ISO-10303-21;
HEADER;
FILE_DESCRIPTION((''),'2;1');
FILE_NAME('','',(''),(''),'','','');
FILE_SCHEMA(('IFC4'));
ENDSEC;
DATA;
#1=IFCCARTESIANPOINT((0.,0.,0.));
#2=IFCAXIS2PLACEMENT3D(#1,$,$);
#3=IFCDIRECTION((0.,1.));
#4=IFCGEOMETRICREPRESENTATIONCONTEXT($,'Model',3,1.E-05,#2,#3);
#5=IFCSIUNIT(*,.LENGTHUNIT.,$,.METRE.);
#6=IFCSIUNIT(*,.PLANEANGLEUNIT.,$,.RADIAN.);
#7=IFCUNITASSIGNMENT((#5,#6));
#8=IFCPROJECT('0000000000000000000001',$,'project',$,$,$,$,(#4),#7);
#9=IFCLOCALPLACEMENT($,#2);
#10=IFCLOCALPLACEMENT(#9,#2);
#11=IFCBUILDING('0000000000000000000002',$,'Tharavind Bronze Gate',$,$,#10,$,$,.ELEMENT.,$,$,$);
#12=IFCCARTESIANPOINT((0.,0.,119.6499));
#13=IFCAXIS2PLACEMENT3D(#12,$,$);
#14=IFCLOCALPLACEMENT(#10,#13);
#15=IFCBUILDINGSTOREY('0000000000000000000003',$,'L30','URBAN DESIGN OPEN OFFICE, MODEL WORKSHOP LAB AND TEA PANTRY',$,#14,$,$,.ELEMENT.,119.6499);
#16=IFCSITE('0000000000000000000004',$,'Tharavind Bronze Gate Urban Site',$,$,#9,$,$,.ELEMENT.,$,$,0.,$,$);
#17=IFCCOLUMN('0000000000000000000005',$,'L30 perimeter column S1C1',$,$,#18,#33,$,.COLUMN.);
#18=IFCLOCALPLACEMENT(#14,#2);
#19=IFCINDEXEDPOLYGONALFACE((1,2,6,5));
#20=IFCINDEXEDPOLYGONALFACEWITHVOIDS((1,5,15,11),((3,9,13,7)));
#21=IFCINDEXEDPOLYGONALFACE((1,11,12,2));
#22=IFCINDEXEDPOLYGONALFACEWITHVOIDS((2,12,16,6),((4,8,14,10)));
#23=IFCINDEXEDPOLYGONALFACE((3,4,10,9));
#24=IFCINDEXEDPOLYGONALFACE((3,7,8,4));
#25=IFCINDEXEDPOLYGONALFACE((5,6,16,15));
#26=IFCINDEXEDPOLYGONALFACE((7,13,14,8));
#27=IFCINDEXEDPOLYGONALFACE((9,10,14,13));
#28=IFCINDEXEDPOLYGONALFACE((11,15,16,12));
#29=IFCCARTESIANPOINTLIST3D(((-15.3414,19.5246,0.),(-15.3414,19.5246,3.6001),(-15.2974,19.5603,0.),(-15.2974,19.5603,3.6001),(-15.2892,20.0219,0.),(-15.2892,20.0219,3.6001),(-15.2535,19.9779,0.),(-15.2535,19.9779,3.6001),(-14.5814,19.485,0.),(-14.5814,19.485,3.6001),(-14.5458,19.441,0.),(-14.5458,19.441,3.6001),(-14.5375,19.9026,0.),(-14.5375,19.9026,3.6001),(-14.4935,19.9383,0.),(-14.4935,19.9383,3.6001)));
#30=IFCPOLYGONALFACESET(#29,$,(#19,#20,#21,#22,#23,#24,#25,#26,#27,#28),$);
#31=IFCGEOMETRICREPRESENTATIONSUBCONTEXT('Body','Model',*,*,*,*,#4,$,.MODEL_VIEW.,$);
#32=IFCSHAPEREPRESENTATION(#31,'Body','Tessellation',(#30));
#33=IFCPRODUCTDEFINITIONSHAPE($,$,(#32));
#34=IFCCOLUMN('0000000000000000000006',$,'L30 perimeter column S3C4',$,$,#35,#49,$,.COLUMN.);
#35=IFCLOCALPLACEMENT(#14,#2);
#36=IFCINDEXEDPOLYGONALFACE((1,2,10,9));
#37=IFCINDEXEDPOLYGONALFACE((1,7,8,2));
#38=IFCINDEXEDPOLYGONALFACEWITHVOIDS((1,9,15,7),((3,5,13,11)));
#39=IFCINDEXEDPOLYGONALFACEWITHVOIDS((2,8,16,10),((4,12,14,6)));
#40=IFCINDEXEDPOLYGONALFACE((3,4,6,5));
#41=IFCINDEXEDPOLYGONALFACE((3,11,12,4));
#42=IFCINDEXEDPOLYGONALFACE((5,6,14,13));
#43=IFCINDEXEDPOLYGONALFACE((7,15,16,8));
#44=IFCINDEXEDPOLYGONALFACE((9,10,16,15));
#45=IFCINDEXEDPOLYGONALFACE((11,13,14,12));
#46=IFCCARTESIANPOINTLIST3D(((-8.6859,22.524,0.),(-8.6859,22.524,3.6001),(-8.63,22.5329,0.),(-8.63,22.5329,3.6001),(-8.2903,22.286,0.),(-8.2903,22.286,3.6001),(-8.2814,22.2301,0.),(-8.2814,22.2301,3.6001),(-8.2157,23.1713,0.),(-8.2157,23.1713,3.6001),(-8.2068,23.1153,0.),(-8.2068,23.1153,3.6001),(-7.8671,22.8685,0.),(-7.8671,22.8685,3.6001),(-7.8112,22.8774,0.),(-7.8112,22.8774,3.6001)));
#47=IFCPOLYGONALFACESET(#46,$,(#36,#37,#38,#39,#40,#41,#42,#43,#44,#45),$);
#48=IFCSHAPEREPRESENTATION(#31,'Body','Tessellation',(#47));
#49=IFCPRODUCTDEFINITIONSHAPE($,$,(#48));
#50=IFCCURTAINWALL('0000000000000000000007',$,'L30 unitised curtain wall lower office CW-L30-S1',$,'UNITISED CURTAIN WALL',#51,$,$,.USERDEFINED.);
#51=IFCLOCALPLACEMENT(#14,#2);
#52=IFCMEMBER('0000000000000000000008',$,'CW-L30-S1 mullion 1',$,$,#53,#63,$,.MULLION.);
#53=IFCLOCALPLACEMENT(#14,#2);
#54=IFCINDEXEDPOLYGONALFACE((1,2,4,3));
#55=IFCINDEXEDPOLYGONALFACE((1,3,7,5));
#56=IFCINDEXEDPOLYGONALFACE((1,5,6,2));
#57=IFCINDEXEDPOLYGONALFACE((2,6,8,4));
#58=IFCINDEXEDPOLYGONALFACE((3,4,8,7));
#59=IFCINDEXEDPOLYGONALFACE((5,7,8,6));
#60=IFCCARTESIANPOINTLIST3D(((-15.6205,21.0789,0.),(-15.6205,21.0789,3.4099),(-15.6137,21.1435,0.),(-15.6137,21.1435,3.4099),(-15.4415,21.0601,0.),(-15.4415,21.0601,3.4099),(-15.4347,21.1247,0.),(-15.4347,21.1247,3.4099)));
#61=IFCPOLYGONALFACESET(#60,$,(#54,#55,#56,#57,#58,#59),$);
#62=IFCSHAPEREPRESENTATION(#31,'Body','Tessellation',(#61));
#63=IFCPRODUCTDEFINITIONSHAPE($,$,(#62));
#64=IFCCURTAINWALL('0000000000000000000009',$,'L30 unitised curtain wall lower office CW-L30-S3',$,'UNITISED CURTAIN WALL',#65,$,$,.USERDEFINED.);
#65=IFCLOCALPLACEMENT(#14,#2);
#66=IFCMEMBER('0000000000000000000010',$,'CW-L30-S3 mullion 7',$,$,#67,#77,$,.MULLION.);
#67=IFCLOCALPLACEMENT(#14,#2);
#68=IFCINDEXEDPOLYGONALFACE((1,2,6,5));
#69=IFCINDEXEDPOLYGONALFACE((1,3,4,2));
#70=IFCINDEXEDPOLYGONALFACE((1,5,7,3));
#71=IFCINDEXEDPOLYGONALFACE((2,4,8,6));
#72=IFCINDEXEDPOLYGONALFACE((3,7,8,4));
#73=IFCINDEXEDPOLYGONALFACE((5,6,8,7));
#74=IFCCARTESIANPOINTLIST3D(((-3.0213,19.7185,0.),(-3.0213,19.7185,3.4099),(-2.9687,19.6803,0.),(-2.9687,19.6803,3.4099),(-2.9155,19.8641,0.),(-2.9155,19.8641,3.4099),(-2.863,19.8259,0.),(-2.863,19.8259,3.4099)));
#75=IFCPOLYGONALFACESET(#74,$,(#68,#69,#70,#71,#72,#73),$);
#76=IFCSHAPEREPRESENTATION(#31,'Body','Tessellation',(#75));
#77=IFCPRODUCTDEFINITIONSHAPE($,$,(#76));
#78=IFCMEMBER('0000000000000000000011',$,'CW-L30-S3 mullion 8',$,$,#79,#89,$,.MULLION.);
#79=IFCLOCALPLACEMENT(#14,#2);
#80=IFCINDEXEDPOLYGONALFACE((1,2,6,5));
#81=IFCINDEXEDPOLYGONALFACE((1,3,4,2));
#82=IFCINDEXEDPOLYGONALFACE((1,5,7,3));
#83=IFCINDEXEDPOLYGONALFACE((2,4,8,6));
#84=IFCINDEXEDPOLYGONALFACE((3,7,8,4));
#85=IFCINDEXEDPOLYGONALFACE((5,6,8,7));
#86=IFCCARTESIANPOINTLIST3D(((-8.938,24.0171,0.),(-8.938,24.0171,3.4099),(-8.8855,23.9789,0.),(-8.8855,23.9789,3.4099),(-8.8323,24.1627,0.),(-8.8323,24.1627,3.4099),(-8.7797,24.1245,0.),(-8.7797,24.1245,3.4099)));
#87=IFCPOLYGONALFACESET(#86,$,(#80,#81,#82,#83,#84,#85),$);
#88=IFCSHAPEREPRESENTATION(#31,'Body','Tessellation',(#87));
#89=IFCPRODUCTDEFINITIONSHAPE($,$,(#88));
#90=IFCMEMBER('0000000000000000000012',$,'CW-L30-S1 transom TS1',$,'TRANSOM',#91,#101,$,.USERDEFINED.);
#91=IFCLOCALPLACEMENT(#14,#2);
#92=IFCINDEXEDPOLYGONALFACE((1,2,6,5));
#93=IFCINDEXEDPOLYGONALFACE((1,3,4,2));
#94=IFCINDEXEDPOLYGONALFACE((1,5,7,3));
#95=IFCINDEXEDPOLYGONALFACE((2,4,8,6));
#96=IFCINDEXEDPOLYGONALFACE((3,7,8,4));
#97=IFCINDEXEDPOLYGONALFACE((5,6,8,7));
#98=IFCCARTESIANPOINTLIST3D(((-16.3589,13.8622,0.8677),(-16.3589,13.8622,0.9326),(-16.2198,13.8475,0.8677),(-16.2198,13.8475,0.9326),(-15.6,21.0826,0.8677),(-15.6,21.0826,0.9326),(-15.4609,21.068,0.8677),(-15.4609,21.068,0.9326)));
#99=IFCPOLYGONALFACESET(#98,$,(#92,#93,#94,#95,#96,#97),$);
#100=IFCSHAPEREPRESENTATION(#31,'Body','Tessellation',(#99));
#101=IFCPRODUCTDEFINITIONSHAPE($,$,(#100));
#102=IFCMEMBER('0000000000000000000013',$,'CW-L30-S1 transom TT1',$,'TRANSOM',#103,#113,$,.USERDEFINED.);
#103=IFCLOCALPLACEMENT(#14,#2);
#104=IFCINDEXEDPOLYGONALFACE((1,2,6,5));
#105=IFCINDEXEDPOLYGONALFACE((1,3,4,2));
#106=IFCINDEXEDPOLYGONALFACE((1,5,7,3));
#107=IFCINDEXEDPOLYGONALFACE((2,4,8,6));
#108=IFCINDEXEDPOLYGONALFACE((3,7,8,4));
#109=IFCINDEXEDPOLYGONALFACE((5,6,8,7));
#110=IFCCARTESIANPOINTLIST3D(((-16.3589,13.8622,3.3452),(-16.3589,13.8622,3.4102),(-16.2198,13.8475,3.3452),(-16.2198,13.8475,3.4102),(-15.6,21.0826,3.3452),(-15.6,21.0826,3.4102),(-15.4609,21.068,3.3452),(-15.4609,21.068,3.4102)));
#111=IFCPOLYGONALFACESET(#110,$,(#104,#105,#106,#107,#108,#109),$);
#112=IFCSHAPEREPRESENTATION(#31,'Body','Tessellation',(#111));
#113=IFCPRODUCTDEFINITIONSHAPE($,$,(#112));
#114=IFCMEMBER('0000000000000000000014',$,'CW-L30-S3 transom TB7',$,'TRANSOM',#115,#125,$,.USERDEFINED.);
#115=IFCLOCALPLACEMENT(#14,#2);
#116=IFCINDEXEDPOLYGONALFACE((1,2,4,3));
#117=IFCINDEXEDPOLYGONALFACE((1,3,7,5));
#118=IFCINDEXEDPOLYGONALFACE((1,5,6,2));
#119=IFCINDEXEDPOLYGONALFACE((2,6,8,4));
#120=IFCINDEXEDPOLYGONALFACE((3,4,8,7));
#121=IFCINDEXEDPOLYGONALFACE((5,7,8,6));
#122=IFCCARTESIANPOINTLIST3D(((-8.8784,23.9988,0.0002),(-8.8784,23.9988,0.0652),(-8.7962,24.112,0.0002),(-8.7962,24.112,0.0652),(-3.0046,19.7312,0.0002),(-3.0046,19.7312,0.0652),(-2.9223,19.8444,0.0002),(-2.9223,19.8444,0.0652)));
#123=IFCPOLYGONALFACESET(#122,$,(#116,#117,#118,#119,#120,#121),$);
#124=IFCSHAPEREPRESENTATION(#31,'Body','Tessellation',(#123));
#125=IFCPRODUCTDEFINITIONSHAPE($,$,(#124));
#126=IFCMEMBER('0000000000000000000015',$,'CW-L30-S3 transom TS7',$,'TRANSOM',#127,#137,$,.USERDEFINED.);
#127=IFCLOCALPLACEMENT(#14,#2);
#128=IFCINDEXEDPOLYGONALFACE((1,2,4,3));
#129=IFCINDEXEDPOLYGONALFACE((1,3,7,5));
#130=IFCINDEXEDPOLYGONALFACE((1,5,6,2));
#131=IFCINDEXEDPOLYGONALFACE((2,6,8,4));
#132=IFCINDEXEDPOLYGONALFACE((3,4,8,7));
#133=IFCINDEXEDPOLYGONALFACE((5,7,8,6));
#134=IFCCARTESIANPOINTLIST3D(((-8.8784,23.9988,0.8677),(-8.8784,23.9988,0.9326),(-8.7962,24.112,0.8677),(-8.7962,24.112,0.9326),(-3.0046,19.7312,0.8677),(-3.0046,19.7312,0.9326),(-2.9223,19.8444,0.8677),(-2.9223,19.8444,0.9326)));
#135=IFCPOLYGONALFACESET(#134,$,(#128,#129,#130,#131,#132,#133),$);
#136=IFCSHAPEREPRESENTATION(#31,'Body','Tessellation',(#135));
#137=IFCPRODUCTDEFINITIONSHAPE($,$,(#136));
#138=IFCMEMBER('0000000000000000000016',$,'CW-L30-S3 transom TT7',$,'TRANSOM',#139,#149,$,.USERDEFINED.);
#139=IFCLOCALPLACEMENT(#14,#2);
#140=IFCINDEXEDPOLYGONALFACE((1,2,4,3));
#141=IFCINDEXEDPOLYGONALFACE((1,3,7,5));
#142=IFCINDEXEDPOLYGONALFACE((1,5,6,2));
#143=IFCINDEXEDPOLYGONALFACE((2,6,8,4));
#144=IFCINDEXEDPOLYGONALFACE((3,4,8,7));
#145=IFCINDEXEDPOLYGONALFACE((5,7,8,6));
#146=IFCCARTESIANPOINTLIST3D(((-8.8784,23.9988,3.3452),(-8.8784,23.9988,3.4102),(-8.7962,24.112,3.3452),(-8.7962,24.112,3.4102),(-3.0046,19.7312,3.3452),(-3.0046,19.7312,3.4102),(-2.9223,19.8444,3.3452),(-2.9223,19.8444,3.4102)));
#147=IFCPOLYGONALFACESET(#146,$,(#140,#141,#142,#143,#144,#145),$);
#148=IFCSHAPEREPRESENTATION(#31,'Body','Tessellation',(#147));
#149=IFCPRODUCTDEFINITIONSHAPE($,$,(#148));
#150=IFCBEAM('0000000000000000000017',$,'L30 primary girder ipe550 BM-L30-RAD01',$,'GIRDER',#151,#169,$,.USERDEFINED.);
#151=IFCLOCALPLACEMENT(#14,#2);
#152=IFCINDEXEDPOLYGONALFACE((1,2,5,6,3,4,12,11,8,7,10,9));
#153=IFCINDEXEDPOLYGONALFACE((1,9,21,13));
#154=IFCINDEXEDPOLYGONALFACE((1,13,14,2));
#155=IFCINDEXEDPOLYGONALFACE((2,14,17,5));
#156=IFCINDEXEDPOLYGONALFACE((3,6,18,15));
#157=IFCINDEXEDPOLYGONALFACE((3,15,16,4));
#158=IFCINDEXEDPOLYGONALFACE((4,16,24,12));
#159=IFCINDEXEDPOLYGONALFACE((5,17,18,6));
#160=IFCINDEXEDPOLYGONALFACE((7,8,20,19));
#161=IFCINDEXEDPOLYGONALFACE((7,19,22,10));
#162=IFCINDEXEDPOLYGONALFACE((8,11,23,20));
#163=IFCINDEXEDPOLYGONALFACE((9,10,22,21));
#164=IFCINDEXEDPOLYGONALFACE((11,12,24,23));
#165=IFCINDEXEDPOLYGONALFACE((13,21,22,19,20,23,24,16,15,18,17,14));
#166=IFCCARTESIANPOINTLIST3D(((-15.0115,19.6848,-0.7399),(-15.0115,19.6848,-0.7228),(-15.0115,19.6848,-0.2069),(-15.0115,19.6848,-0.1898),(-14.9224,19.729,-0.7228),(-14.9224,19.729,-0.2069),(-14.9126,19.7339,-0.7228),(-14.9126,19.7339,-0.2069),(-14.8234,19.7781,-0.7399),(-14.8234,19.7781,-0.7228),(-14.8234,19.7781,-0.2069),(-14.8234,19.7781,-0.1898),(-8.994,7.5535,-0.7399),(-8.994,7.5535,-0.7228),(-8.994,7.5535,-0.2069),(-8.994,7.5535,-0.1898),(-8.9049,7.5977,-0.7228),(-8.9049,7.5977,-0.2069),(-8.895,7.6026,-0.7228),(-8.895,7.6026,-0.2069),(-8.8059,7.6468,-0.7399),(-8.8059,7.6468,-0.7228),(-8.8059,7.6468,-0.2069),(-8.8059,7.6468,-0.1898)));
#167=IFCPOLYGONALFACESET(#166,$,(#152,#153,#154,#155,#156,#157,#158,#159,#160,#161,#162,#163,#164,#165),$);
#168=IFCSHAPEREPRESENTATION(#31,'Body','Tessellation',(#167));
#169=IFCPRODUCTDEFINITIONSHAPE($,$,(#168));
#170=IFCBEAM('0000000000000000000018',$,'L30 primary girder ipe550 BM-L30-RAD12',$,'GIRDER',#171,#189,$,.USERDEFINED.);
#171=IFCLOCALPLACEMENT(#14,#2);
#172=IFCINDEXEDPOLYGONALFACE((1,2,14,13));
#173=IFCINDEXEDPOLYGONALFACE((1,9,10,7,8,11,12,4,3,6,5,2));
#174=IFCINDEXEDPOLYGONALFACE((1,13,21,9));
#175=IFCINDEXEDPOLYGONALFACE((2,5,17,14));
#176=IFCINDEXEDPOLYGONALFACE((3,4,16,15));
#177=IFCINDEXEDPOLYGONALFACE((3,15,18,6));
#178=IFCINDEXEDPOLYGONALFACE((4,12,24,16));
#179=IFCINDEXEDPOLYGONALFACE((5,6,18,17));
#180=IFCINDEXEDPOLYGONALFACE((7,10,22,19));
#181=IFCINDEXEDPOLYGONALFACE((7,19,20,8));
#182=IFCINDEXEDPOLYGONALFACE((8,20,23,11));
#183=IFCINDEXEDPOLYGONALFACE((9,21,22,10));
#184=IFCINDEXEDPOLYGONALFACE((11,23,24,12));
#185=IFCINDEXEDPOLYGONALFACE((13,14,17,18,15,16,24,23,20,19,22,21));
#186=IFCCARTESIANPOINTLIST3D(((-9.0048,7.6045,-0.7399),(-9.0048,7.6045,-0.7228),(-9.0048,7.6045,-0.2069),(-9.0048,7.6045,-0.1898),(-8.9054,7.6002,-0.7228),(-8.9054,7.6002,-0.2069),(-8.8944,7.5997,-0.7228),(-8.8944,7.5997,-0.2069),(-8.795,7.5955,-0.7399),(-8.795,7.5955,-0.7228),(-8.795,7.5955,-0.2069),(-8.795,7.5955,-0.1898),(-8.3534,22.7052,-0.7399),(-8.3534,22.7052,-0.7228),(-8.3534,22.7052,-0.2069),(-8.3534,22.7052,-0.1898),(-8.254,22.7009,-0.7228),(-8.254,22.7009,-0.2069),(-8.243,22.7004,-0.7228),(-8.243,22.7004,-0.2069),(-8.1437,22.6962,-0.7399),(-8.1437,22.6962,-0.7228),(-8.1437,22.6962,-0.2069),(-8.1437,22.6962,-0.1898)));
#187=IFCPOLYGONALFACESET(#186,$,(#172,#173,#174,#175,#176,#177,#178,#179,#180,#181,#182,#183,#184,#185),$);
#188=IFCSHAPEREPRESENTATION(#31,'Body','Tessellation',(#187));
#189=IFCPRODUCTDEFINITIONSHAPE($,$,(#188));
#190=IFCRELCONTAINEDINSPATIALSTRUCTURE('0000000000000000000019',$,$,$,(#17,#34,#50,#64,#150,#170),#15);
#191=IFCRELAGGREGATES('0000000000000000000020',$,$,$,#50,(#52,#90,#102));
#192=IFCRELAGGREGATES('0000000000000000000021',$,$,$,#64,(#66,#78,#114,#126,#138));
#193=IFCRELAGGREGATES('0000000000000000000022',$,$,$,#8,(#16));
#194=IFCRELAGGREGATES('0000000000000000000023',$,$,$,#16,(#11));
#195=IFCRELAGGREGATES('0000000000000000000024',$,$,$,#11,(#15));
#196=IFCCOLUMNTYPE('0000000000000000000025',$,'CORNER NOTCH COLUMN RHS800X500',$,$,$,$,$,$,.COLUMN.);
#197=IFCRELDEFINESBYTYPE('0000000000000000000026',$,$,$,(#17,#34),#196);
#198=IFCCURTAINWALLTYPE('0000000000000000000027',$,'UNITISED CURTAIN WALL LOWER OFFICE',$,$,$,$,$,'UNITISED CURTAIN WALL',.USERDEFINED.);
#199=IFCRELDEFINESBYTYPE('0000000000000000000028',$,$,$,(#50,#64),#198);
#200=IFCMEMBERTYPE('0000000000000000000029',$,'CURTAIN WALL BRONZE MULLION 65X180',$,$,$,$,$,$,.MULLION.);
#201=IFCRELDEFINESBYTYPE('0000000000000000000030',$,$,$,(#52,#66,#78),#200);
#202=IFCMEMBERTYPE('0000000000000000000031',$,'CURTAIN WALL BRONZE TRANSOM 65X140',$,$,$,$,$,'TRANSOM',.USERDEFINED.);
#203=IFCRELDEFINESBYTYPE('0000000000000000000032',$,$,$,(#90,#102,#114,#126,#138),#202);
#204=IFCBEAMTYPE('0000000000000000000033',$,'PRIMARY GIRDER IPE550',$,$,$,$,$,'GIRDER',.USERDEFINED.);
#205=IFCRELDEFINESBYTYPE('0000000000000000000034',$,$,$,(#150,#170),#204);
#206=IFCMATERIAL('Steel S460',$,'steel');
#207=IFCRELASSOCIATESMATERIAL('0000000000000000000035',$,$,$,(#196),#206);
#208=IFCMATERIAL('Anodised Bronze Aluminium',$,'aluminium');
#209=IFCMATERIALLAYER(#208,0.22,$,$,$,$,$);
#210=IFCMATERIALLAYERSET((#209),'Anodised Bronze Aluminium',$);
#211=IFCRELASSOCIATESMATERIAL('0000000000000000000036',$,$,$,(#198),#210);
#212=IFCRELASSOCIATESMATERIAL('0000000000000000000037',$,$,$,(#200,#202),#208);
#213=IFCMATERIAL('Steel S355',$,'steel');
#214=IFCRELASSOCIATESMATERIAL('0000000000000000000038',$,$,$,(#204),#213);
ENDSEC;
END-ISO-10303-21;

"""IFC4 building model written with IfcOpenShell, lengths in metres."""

from ifc_helpers import new_model, si_unit, direction, frame, origin, origin_2d, place, context, subcontext, project, spatial, rectangle, hollow_rectangle, i_section, extrude, material, layer, layer_set, material_profile, profile_set, type_object, element, aggregate, save


model = new_model("IFC4")

# Units and contexts
model_context = context("Model", 3, precision=1e-05, world=origin(), true_north=direction((0.0, 1.0)))
body_context = subcontext(model_context, "Body", "Model", "MODEL_VIEW")
ifc_project = project(units=[si_unit("LENGTHUNIT", "METRE"), si_unit("PLANEANGLEUNIT", "RADIAN")], contexts=[model_context])

# Site, building, storey
site_placement = place(None, origin())
site = spatial("IfcSite", under=ifc_project, at=site_placement, Name="Tharavind Bronze Gate Urban Site", CompositionType="ELEMENT", RefElevation=0.0)
building_placement = place(site_placement, origin())
building = spatial("IfcBuilding", under=site, at=building_placement, Name="Tharavind Bronze Gate", CompositionType="ELEMENT")
storey_placement = place(building_placement, frame((0.0, 0.0, 119.6499)))
storey = spatial("IfcBuildingStorey", under=building, at=storey_placement, Name="L30", Description="URBAN DESIGN OPEN OFFICE, MODEL WORKSHOP LAB AND TEA PANTRY", CompositionType="ELEMENT", Elevation=119.6499)

# Columns
ifc_material_1 = material(Name="Steel S460", Category="steel")
ifc_material_profile_1 = material_profile(ifc_material_1, hollow_rectangle(XDim=0.5, YDim=0.8, WallThickness=0.04, at=origin_2d()), Name="RHS800X500X40")
ifc_profile_set_1 = profile_set([ifc_material_profile_1], Name="Steel S460")
column_type = type_object("IfcColumnType", Name="CORNER NOTCH COLUMN RHS800X500", PredefinedType="COLUMN", material=ifc_profile_set_1)
for number, where, z_axis, x_axis, name in (
    (1, (-14.9175, 19.7314, 0.0), (0.0, 0.0, 1.0), (0.10453, 0.994522, 0.0), "L30 perimeter column S1C1"),
    (2, (-8.2485, 22.7007, 0.0), (0.0, 0.0, 1.0), (-0.809017, 0.587785, 0.0), "L30 perimeter column S3C4"),
):
    element("IfcColumn", number, at=place(storey_placement, frame(where, z_axis=z_axis, x_axis=x_axis)), inside=storey, type_object=column_type, Name=name, PredefinedType="COLUMN", context=body_context, shape_type="SweptSolid", body=[
        extrude(hollow_rectangle(XDim=0.5, YDim=0.8, WallThickness=0.04, at=origin_2d()), origin(), (0.0, 0.0, 1.0), 3.6001),
    ])

# Curtain wall, member
ifc_material_2 = material(Name="Anodised Bronze Aluminium", Category="aluminium")
ifc_layer_1 = layer(ifc_material_2, 0.22)
ifc_layer_set_1 = layer_set([ifc_layer_1], Name="Anodised Bronze Aluminium")
curtain_wall_type = type_object("IfcCurtainWallType", Name="UNITISED CURTAIN WALL LOWER OFFICE", ElementType="UNITISED CURTAIN WALL", PredefinedType="USERDEFINED", material=ifc_layer_set_1)
curtain_wall_1_placement = place(storey_placement, origin())
curtain_wall_1 = element("IfcCurtainWall", 3, at=curtain_wall_1_placement, inside=storey, type_object=curtain_wall_type, Name="L30 unitised curtain wall lower office CW-L30-S1", ObjectType="UNITISED CURTAIN WALL", PredefinedType="USERDEFINED")
member_type_1 = type_object("IfcMemberType", Name="CURTAIN WALL BRONZE MULLION 65X180", PredefinedType="MULLION", material=ifc_material_2)
member_1_placement = place(storey_placement, frame((-15.5276, 21.1018, 0.0), z_axis=(0.0, 0.0, 1.0), x_axis=(-0.104527, -0.994522, 0.0)))
member_1 = element("IfcMember", 4, at=member_1_placement, type_object=member_type_1, Name="CW-L30-S1 mullion 1", PredefinedType="MULLION", context=body_context, shape_type="SweptSolid", body=[
    extrude(rectangle(XDim=0.0649, YDim=0.1799, at=origin_2d()), origin(), (0.0, 0.0, 1.0), 3.4099),
])

# Curtain wall, members
curtain_wall_2_placement = place(storey_placement, origin())
curtain_wall_2 = element("IfcCurtainWall", 5, at=curtain_wall_2_placement, inside=storey, type_object=curtain_wall_type, Name="L30 unitised curtain wall lower office CW-L30-S3", ObjectType="UNITISED CURTAIN WALL", PredefinedType="USERDEFINED")
member_2_placement = place(storey_placement, frame((-2.9421, 19.7722, 0.0), z_axis=(0.0, 0.0, 1.0), x_axis=(-0.809017, 0.587785, 0.0)))
member_2 = element("IfcMember", 6, at=member_2_placement, type_object=member_type_1, Name="CW-L30-S3 mullion 7", PredefinedType="MULLION", context=body_context, shape_type="SweptSolid", body=[
    extrude(rectangle(XDim=0.0649, YDim=0.1799, at=origin_2d()), origin(), (0.0, 0.0, 1.0), 3.4099),
])
member_3_placement = place(storey_placement, frame((-8.8589, 24.0708, 0.0), z_axis=(0.0, 0.0, 1.0), x_axis=(-0.809017, 0.587785, 0.0)))
member_3 = element("IfcMember", 7, at=member_3_placement, type_object=member_type_1, Name="CW-L30-S3 mullion 8", PredefinedType="MULLION", context=body_context, shape_type="SweptSolid", body=[
    extrude(rectangle(XDim=0.0649, YDim=0.1799, at=origin_2d()), origin(), (0.0, 0.0, 1.0), 3.4099),
])

# Members
member_type_2 = type_object("IfcMemberType", Name="CURTAIN WALL BRONZE TRANSOM 65X140", ElementType="TRANSOM", PredefinedType="USERDEFINED", material=ifc_material_2)
member_4_placement = place(storey_placement, frame((-15.9099, 17.4651, 0.8677), z_axis=(0.0, 0.0, 1.0), x_axis=(-0.104527, -0.994522, 0.0)))
member_4 = element("IfcMember", 8, at=member_4_placement, type_object=member_type_2, Name="CW-L30-S1 transom TS1", ObjectType="TRANSOM", PredefinedType="USERDEFINED", context=body_context, shape_type="SweptSolid", body=[
    extrude(rectangle(XDim=7.2603, YDim=0.1399, at=origin_2d()), origin(), (0.0, 0.0, 1.0), 0.0649),
])
member_5_placement = place(storey_placement, frame((-15.9099, 17.4651, 3.3452), z_axis=(0.0, 0.0, 1.0), x_axis=(-0.104527, -0.994522, 0.0)))
member_5 = element("IfcMember", 9, at=member_5_placement, type_object=member_type_2, Name="CW-L30-S1 transom TT1", ObjectType="TRANSOM", PredefinedType="USERDEFINED", context=body_context, shape_type="SweptSolid", body=[
    extrude(rectangle(XDim=7.2603, YDim=0.1399, at=origin_2d()), origin(), (0.0, 0.0, 1.0), 0.0649),
])
member_6_placement = place(storey_placement, frame((-5.9004, 21.9216, 0.0002), z_axis=(0.0, 0.0, 1.0), x_axis=(-0.809017, 0.587785, 0.0)))
member_6 = element("IfcMember", 10, at=member_6_placement, type_object=member_type_2, Name="CW-L30-S3 transom TB7", ObjectType="TRANSOM", PredefinedType="USERDEFINED", context=body_context, shape_type="SweptSolid", body=[
    extrude(rectangle(XDim=7.2605, YDim=0.1399, at=origin_2d()), origin(), (0.0, 0.0, 1.0), 0.0649),
])
member_7_placement = place(storey_placement, frame((-5.9004, 21.9216, 0.8677), z_axis=(0.0, 0.0, 1.0), x_axis=(-0.809017, 0.587785, 0.0)))
member_7 = element("IfcMember", 11, at=member_7_placement, type_object=member_type_2, Name="CW-L30-S3 transom TS7", ObjectType="TRANSOM", PredefinedType="USERDEFINED", context=body_context, shape_type="SweptSolid", body=[
    extrude(rectangle(XDim=7.2605, YDim=0.1399, at=origin_2d()), origin(), (0.0, 0.0, 1.0), 0.0649),
])
member_8_placement = place(storey_placement, frame((-5.9004, 21.9216, 3.3452), z_axis=(0.0, 0.0, 1.0), x_axis=(-0.809017, 0.587785, 0.0)))
member_8 = element("IfcMember", 12, at=member_8_placement, type_object=member_type_2, Name="CW-L30-S3 transom TT7", ObjectType="TRANSOM", PredefinedType="USERDEFINED", context=body_context, shape_type="SweptSolid", body=[
    extrude(rectangle(XDim=7.2605, YDim=0.1399, at=origin_2d()), origin(), (0.0, 0.0, 1.0), 0.0649),
])

# Beams
ifc_material_3 = material(Name="Steel S355", Category="steel")
ifc_material_profile_2 = material_profile(ifc_material_3, i_section(OverallWidth=0.21, OverallDepth=0.55, WebThickness=0.011, FlangeThickness=0.0171, at=origin_2d()), Name="IPE550")
ifc_profile_set_2 = profile_set([ifc_material_profile_2], Name="Steel S355")
beam_type_1 = type_object("IfcBeamType", Name="PRIMARY GIRDER IPE550", ElementType="GIRDER", PredefinedType="USERDEFINED", material=ifc_profile_set_2)
beam_1_placement = place(storey_placement, frame((-14.9175, 19.7314, -0.4648), z_axis=(0.44437, -0.895843, 0.0), x_axis=(0.895843, 0.44437, 0.0)))
element("IfcBeam", 13, at=beam_1_placement, inside=storey, type_object=beam_type_1, Name="L30 primary girder ipe550 BM-L30-RAD01", ObjectType="GIRDER", PredefinedType="USERDEFINED", context=body_context, shape_type="SweptSolid", body=[
    extrude(i_section(OverallWidth=0.21, OverallDepth=0.55, WebThickness=0.011, FlangeThickness=0.0171, at=origin_2d()), origin(), (0.0, 0.0, 1.0), 13.5417),
])
beam_2_placement = place(storey_placement, frame((-8.2485, 22.7007, -0.4648), z_axis=(-0.043095, -0.999071, 0.0), x_axis=(0.999071, -0.043095, 0.0)))
element("IfcBeam", 14, at=beam_2_placement, inside=storey, type_object=beam_type_1, Name="L30 primary girder ipe550 BM-L30-RAD12", ObjectType="GIRDER", PredefinedType="USERDEFINED", context=body_context, shape_type="SweptSolid", body=[
    extrude(i_section(OverallWidth=0.21, OverallDepth=0.55, WebThickness=0.011, FlangeThickness=0.0171, at=origin_2d()), origin(), (0.0, 0.0, 1.0), 15.1147),
])

aggregate(curtain_wall_1, [member_1, member_4, member_5])
aggregate(curtain_wall_2, [member_2, member_3, member_6, member_7, member_8])

save(model, "model.ifc")
